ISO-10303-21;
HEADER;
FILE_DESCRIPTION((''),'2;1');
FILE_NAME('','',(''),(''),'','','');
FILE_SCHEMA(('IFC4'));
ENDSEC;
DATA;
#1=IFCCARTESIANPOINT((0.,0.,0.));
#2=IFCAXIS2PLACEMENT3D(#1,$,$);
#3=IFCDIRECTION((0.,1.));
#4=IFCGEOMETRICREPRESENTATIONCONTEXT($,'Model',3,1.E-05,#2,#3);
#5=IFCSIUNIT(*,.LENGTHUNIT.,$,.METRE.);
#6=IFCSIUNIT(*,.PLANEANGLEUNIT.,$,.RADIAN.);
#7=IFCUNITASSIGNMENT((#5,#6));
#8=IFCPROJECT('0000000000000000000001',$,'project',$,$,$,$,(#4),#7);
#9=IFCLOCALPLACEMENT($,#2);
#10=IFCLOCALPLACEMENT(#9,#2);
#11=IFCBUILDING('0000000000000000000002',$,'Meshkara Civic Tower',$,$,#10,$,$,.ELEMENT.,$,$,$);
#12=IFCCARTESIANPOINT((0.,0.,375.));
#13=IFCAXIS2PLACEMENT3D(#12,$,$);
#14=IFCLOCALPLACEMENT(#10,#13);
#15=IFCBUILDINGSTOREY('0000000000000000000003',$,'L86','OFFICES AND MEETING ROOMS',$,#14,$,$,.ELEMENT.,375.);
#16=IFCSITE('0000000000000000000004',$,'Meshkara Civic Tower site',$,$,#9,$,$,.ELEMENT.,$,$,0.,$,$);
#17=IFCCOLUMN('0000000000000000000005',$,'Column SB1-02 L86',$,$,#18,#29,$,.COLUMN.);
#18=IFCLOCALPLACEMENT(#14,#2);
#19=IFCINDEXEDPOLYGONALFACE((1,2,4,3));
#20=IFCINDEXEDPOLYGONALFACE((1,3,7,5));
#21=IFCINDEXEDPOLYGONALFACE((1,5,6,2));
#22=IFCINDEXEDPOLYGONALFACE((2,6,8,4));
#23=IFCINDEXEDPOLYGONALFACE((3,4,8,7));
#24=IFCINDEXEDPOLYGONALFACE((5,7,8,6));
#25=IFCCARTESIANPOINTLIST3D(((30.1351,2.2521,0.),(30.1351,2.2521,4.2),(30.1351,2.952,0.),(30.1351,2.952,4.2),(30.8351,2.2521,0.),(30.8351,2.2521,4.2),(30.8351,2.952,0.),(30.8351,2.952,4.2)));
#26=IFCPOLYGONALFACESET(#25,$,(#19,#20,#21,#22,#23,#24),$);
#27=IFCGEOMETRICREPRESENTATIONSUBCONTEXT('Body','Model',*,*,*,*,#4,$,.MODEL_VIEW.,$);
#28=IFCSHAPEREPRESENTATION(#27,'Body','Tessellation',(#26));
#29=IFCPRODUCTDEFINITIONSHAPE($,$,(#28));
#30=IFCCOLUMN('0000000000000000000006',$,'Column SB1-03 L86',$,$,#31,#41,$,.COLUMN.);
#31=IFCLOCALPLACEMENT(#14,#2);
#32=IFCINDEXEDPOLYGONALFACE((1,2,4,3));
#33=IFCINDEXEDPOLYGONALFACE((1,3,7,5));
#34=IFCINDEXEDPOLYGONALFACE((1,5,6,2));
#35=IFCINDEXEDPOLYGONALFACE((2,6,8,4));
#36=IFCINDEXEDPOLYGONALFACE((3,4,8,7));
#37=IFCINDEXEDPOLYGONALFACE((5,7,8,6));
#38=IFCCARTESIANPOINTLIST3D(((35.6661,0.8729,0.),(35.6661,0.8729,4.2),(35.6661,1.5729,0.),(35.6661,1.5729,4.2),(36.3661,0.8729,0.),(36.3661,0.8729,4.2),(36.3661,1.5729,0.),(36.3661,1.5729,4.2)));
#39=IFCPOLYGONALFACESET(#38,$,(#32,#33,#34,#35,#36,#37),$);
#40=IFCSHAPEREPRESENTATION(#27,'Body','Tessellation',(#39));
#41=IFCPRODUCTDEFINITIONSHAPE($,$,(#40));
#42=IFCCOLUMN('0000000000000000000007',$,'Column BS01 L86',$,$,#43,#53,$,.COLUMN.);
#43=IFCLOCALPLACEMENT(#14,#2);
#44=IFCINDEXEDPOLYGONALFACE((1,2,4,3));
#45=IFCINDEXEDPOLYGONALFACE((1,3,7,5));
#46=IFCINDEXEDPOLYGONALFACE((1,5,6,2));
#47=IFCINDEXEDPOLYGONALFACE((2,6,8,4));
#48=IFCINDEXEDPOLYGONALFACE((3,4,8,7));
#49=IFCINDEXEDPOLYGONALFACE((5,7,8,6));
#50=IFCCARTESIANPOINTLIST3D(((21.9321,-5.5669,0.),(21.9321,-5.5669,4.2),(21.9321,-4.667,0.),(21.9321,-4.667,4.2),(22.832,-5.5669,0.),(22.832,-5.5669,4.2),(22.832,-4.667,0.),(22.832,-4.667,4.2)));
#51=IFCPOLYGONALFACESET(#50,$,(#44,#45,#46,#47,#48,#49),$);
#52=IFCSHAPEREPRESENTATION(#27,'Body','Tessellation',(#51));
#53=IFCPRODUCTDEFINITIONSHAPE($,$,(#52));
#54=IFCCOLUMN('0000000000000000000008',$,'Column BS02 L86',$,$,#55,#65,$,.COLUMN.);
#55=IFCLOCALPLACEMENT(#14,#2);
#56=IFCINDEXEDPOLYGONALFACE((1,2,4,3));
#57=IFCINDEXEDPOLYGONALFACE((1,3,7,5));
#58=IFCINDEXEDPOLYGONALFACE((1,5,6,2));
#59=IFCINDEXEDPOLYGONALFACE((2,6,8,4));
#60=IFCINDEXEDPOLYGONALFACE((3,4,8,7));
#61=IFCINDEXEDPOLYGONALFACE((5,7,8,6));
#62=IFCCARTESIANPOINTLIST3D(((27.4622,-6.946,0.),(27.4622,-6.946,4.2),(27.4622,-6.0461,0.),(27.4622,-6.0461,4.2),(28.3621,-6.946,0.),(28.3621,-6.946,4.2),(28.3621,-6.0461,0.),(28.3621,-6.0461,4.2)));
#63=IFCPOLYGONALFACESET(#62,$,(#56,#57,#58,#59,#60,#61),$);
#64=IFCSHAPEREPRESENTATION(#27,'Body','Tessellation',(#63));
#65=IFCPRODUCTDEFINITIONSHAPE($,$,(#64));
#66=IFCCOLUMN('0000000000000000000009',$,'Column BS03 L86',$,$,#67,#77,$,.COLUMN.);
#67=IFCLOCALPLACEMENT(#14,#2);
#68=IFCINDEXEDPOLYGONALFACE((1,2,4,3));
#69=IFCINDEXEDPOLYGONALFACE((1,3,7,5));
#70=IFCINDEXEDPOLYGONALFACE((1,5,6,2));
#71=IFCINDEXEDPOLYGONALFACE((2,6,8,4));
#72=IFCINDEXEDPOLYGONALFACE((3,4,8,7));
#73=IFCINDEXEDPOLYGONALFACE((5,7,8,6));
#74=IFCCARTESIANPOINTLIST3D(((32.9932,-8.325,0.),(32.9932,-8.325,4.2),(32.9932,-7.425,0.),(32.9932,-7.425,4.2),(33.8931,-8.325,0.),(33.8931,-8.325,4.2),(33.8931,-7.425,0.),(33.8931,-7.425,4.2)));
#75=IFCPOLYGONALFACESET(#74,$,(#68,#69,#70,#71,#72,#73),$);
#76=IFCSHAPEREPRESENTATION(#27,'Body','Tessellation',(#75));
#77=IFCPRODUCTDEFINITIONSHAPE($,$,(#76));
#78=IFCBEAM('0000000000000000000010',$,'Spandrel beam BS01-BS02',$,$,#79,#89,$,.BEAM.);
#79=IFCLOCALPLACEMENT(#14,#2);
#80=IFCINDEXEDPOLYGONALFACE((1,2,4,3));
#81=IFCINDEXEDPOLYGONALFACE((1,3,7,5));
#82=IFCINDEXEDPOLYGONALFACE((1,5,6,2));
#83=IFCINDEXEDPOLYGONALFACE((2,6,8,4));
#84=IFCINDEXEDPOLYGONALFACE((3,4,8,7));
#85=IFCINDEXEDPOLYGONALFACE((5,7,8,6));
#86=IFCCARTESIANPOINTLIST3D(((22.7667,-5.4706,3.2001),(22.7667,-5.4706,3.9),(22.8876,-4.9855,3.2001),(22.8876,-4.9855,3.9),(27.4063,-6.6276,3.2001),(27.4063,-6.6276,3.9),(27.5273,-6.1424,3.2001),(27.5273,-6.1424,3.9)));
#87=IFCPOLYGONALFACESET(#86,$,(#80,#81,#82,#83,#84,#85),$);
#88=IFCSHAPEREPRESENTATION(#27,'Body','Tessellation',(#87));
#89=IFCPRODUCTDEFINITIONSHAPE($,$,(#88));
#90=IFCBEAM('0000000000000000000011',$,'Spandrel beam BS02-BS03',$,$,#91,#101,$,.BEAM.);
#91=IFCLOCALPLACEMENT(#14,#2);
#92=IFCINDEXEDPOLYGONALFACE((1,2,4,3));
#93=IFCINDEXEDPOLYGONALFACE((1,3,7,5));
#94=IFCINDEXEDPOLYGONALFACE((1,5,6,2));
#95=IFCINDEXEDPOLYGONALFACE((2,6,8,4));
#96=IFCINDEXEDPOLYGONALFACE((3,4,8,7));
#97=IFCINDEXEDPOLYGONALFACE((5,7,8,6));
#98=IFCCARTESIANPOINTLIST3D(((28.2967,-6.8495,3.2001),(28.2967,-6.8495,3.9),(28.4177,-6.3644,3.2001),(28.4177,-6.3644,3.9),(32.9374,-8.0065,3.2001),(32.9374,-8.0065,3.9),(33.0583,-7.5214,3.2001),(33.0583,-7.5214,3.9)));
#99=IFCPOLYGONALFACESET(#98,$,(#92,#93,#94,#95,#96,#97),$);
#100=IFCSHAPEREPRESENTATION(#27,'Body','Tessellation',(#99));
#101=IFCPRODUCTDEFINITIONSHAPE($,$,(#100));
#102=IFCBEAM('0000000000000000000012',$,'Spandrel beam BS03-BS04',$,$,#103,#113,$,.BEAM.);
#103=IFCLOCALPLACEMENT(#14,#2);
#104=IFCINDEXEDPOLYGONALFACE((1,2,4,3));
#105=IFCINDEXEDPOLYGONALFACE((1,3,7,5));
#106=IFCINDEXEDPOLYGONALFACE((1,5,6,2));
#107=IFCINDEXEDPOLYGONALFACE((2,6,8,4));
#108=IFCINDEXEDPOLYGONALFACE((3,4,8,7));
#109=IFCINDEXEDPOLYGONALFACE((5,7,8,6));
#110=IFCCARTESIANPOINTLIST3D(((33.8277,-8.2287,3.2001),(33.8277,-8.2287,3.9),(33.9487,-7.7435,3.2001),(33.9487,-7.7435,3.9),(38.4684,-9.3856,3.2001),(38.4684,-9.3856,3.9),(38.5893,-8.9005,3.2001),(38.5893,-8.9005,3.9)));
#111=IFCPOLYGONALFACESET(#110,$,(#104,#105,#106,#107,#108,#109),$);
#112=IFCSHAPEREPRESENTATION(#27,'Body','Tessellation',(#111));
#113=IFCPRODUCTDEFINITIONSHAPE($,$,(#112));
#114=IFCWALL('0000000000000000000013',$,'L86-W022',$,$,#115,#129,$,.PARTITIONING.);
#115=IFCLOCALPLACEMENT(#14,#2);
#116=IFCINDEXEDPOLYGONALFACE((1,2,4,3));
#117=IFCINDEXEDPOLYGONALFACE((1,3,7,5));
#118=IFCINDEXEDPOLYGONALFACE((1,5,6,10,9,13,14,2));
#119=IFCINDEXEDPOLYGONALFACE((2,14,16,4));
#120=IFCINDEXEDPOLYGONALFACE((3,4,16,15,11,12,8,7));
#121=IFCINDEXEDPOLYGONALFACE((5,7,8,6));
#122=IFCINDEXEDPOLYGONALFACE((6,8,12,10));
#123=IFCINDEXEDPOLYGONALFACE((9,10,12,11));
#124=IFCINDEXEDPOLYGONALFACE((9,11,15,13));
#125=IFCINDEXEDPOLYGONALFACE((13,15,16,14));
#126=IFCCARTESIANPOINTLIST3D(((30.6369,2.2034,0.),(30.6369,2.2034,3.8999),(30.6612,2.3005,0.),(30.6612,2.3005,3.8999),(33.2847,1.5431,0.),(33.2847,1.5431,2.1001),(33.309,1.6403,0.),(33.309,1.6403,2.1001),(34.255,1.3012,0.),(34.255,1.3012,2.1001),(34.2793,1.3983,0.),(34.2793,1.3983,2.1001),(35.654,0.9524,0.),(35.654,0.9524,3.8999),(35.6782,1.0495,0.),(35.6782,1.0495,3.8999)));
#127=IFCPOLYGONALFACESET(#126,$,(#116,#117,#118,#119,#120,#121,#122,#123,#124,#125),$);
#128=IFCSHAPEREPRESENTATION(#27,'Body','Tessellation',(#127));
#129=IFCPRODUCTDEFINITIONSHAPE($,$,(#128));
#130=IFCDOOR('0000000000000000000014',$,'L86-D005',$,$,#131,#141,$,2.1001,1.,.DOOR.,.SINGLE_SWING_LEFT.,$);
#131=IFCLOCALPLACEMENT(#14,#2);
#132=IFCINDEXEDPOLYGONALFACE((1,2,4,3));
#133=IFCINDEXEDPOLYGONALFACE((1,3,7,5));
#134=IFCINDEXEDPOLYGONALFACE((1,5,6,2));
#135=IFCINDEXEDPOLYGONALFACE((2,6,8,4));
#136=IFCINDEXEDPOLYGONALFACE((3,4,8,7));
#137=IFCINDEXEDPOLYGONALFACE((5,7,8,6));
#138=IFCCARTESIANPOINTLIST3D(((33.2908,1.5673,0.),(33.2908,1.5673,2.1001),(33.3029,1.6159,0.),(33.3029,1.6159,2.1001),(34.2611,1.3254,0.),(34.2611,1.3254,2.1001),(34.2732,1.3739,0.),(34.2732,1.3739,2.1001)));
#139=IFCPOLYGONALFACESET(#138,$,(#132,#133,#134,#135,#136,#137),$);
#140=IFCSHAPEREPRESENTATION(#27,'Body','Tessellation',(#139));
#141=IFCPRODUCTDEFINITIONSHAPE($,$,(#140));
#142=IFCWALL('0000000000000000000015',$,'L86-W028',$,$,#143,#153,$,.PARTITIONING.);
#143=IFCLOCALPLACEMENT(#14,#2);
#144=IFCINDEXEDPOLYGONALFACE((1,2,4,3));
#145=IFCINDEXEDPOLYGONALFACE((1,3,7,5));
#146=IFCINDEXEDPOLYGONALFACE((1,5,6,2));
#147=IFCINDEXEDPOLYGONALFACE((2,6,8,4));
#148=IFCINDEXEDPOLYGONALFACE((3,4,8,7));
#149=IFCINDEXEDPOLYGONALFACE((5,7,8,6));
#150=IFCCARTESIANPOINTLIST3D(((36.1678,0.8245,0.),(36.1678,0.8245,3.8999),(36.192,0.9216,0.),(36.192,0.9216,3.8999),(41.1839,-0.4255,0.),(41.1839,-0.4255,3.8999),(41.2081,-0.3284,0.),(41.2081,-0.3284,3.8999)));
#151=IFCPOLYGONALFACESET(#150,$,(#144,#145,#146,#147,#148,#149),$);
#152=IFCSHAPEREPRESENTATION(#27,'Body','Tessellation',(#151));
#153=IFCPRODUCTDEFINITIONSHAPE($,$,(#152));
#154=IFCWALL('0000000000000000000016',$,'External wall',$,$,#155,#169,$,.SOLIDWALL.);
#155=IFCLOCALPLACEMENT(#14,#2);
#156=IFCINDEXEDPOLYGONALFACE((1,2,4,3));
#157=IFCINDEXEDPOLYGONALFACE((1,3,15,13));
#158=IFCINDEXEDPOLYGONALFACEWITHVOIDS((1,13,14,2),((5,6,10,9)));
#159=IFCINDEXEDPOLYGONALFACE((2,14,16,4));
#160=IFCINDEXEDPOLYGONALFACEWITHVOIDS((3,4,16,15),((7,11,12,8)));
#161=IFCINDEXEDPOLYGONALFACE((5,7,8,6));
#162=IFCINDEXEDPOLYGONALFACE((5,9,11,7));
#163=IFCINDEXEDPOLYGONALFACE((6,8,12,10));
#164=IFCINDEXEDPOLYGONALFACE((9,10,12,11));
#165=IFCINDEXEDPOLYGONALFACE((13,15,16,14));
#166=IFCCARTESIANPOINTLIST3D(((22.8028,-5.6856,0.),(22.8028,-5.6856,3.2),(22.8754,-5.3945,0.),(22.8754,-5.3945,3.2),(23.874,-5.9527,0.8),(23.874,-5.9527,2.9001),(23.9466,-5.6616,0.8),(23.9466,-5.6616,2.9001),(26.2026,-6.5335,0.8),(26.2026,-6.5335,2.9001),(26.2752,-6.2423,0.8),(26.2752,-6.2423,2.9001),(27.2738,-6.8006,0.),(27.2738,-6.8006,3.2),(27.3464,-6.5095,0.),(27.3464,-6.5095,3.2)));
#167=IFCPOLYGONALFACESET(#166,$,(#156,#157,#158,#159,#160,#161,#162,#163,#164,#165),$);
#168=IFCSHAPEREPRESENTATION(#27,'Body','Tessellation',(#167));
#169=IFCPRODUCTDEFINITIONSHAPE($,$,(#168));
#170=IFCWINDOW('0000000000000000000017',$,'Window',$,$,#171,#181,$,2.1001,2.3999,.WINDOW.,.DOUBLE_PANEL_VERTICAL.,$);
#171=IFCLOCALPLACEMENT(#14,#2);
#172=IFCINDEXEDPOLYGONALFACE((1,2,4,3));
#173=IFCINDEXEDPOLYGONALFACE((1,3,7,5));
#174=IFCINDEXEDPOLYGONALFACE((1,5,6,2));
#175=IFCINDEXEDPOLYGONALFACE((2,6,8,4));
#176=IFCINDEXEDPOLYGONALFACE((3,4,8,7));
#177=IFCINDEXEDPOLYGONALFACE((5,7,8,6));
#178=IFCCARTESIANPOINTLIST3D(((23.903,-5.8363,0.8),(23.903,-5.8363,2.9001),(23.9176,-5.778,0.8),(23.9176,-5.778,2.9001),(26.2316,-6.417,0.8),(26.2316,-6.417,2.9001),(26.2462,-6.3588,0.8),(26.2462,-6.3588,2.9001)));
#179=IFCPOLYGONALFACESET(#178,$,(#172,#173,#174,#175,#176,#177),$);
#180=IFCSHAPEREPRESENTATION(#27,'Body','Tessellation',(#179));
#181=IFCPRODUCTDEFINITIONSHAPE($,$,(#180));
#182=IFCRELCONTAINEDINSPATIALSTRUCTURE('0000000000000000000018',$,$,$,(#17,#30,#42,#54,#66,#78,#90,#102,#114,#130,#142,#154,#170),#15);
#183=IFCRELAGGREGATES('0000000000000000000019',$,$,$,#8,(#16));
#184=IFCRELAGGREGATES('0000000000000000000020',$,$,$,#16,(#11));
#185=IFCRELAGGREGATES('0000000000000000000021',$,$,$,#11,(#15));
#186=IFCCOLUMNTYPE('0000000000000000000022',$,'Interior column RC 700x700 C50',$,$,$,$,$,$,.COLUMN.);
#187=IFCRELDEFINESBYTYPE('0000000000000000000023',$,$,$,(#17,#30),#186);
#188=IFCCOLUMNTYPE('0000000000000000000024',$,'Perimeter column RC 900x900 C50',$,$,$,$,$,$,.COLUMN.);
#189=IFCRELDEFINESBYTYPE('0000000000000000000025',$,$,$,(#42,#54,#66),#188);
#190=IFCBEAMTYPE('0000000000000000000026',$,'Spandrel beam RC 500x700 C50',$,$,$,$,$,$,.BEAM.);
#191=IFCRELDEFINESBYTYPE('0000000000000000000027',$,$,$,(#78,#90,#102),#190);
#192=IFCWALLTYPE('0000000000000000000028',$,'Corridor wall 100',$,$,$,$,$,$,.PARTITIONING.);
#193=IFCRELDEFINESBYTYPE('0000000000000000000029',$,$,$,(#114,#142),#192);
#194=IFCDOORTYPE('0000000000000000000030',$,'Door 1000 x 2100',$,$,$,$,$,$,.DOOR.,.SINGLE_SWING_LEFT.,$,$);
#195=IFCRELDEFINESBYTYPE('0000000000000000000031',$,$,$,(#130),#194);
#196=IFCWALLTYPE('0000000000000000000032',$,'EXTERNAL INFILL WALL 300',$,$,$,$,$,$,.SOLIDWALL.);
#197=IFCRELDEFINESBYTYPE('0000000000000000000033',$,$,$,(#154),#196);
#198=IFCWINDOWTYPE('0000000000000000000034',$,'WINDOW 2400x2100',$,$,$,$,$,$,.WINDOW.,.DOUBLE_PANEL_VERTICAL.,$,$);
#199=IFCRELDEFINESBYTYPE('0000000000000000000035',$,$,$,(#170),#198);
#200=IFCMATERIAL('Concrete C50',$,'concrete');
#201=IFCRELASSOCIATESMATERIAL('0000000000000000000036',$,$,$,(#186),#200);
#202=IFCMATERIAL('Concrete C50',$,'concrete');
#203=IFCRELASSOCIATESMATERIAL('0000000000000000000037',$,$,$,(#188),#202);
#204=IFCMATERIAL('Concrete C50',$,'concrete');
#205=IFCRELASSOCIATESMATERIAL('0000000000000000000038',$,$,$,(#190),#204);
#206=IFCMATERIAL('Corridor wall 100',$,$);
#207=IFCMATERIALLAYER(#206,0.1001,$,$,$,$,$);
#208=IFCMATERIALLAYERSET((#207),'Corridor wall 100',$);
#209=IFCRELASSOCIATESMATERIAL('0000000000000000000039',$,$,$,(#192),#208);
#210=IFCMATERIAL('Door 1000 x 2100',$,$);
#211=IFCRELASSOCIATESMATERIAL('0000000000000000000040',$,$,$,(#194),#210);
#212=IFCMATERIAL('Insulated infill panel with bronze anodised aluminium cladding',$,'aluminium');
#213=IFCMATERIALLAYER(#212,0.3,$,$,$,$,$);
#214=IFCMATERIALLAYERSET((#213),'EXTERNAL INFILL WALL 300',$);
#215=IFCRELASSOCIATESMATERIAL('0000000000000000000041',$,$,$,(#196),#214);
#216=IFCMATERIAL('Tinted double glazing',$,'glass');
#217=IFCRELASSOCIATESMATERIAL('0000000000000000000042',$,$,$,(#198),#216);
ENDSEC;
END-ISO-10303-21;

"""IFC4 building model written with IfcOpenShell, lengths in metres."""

from ifc_helpers import new_model, si_unit, direction, frame, frame_2d, origin, origin_2d, place, context, subcontext, project, spatial, rectangle, extrude, material, layer, layer_set, material_profile, profile_set, type_object, element, fill, save


model = new_model("IFC4")

# Units and contexts
model_context = context("Model", 3, precision=1e-05, world=origin(), true_north=direction((0.0, 1.0)))
body_context = subcontext(model_context, "Body", "Model", "MODEL_VIEW")
ifc_project = project(units=[si_unit("LENGTHUNIT", "METRE"), si_unit("PLANEANGLEUNIT", "RADIAN")], contexts=[model_context])

# Site, building, storey
site_placement = place(None, origin())
site = spatial("IfcSite", under=ifc_project, at=site_placement, Name="Meshkara Civic Tower site", CompositionType="ELEMENT", RefElevation=0.0)
building_placement = place(site_placement, origin())
building = spatial("IfcBuilding", under=site, at=building_placement, Name="Meshkara Civic Tower", CompositionType="ELEMENT")
storey_placement = place(building_placement, frame((0.0, 0.0, 375.0)))
storey = spatial("IfcBuildingStorey", under=building, at=storey_placement, Name="L86", Description="OFFICES AND MEETING ROOMS", CompositionType="ELEMENT", Elevation=375.0)

# Columns
ifc_material_1 = material(Name="Concrete C50", Category="concrete")
ifc_material_profile_1 = material_profile(ifc_material_1, rectangle(XDim=0.7, YDim=0.7, at=origin_2d()))
ifc_profile_set_1 = profile_set([ifc_material_profile_1], Name="Concrete C50")
column_type_1 = type_object("IfcColumnType", Name="Interior column RC 700x700 C50", PredefinedType="COLUMN", material=ifc_profile_set_1)
for number, where, z_axis, x_axis, name in (
    (1, (30.4851, 2.6021, 0.0), (0.0, 0.0, 1.0), (1.0, 0.0, 0.0), "Column SB1-02 L86"),
    (2, (36.0161, 1.2229, 0.0), (0.0, 0.0, 1.0), (1.0, 0.0, 0.0), "Column SB1-03 L86"),
):
    element("IfcColumn", number, at=place(storey_placement, frame(where, z_axis=z_axis, x_axis=x_axis)), inside=storey, type_object=column_type_1, Name=name, PredefinedType="COLUMN", context=body_context, shape_type="SweptSolid", body=[
        extrude(rectangle(XDim=0.7, YDim=0.7, at=origin_2d()), origin(), (0.0, 0.0, 1.0), 4.2),
    ])
ifc_material_2 = material(Name="Concrete C50", Category="concrete")
ifc_material_profile_2 = material_profile(ifc_material_2, rectangle(XDim=0.8999, YDim=0.8999, at=origin_2d()))
ifc_profile_set_2 = profile_set([ifc_material_profile_2], Name="Concrete C50")
column_type_2 = type_object("IfcColumnType", Name="Perimeter column RC 900x900 C50", PredefinedType="COLUMN", material=ifc_profile_set_2)
for number, where, z_axis, x_axis, name in (
    (3, (22.3821, -5.1169, 0.0), (0.0, 0.0, 1.0), (1.0, 0.0, 0.0), "Column BS01 L86"),
    (4, (27.9121, -6.4961, 0.0), (0.0, 0.0, 1.0), (1.0, 0.0, 0.0), "Column BS02 L86"),
    (5, (33.4431, -7.875, 0.0), (0.0, 0.0, 1.0), (1.0, 0.0, 0.0), "Column BS03 L86"),
):
    element("IfcColumn", number, at=place(storey_placement, frame(where, z_axis=z_axis, x_axis=x_axis)), inside=storey, type_object=column_type_2, Name=name, PredefinedType="COLUMN", context=body_context, shape_type="SweptSolid", body=[
        extrude(rectangle(XDim=0.8999, YDim=0.8999, at=origin_2d()), origin(), (0.0, 0.0, 1.0), 4.2),
    ])

# Beams
ifc_material_3 = material(Name="Concrete C50", Category="concrete")
ifc_material_profile_3 = material_profile(ifc_material_3, rectangle(XDim=0.5, YDim=0.7, at=origin_2d()))
ifc_profile_set_3 = profile_set([ifc_material_profile_3], Name="Concrete C50")
beam_type = type_object("IfcBeamType", Name="Spandrel beam RC 500x700 C50", PredefinedType="BEAM", material=ifc_profile_set_3)
beam_placement = place(storey_placement, frame((22.8271, -5.228, 3.55), z_axis=(0.970286, -0.241959, 0.0), x_axis=(0.241959, 0.970286, 0.0)))
element("IfcBeam", 6, at=beam_placement, inside=storey, type_object=beam_type, Name="Spandrel beam BS01-BS02", PredefinedType="BEAM", context=body_context, shape_type="SweptSolid", body=[
    extrude(rectangle(XDim=0.5, YDim=0.7, at=origin_2d()), origin(), (0.0, 0.0, 1.0), 4.7817),
])
for number, where, z_axis, x_axis, name in (
    (7, (28.3572, -6.6069, 3.55), (0.970298, -0.241911, 0.0), (0.241911, 0.970298, 0.0), "Spandrel beam BS02-BS03"),
    (8, (33.8882, -7.9861, 3.55), (0.970298, -0.241911, 0.0), (0.241911, 0.970298, 0.0), "Spandrel beam BS03-BS04"),
):
    element("IfcBeam", number, at=place(storey_placement, frame(where, z_axis=z_axis, x_axis=x_axis)), inside=storey, type_object=beam_type, Name=name, PredefinedType="BEAM", context=body_context, shape_type="SweptSolid", body=[
        extrude(rectangle(XDim=0.5, YDim=0.7, at=origin_2d()), origin(), (0.0, 0.0, 1.0), 4.7827),
    ])

# Wall, opening, door
ifc_material_4 = material(Name="Corridor wall 100")
ifc_layer_1 = layer(ifc_material_4, 0.1001)
ifc_layer_set_1 = layer_set([ifc_layer_1], Name="Corridor wall 100")
wall_type_1 = type_object("IfcWallType", Name="Corridor wall 100", PredefinedType="PARTITIONING", material=ifc_layer_set_1)
wall_1_placement = place(storey_placement, frame((30.6489, 2.252, 0.0), z_axis=(0.0, 0.0, 1.0), x_axis=(0.970292, -0.241936, 0.0)))
wall_1 = element("IfcWall", 9, at=wall_1_placement, inside=storey, type_object=wall_type_1, Name="L86-W022", PredefinedType="PARTITIONING", context=body_context, shape_type="SweptSolid", body=[
    extrude(rectangle(XDim=5.1707, YDim=0.1001, at=frame_2d((2.5854, 0.0))), origin(), (0.0, 0.0, 1.0), 3.8999),
])
opening_1_placement = place(wall_1_placement, frame((2.729, 0.0, 0.0)))
opening_1 = element("IfcOpeningElement", 10, at=opening_1_placement, cuts=wall_1, PredefinedType="OPENING", context=body_context, shape_type="SweptSolid", body=[
    extrude(rectangle(XDim=1.0, YDim=2.1001, at=frame_2d((0.5, 1.05))), frame((0.0, 0.0601, 0.0), z_axis=(0.0, -1.0, 0.0), x_axis=(1.0, 0.0, 0.0)), (0.0, 0.0, 1.0), 0.1201),
])
ifc_material_5 = material(Name="Door 1000 x 2100")
door_type = type_object("IfcDoorType", Name="Door 1000 x 2100", OperationType="SINGLE_SWING_LEFT", PredefinedType="DOOR", material=ifc_material_5)
door_placement = place(opening_1_placement, origin())
door = element("IfcDoor", 11, at=door_placement, inside=storey, type_object=door_type, Name="L86-D005", OperationType="SINGLE_SWING_LEFT", OverallHeight=2.1001, OverallWidth=1.0, PredefinedType="DOOR", context=body_context, shape_type="SweptSolid", body=[
    extrude(rectangle(XDim=1.0, YDim=2.1001, at=frame_2d((0.5, 1.05))), frame((0.0, 0.0249, 0.0), z_axis=(0.0, -1.0, 0.0), x_axis=(1.0, 0.0, 0.0)), (0.0, 0.0, 1.0), 0.05),
])
fill(opening_1, door)

# Wall
wall_2_placement = place(storey_placement, frame((36.1799, 0.873, 0.0), z_axis=(0.0, 0.0, 1.0), x_axis=(0.970326, -0.241802, 0.0)))
element("IfcWall", 12, at=wall_2_placement, inside=storey, type_object=wall_type_1, Name="L86-W028", PredefinedType="PARTITIONING", context=body_context, shape_type="SweptSolid", body=[
    extrude(rectangle(XDim=5.1694, YDim=0.1001, at=frame_2d((2.5847, 0.0))), origin(), (0.0, 0.0, 1.0), 3.8999),
])

# Wall, opening, window
ifc_material_6 = material(Name="Insulated infill panel with bronze anodised aluminium cladding", Category="aluminium")
ifc_layer_2 = layer(ifc_material_6, 0.3)
ifc_layer_set_2 = layer_set([ifc_layer_2], Name="EXTERNAL INFILL WALL 300")
wall_type_2 = type_object("IfcWallType", Name="EXTERNAL INFILL WALL 300", PredefinedType="SOLIDWALL", material=ifc_layer_set_2)
wall_3_placement = place(storey_placement, frame((22.8391, -5.54, 0.0), z_axis=(0.0, 0.0, 1.0), x_axis=(0.970283, -0.241975, 0.0)))
wall_3 = element("IfcWall", 13, at=wall_3_placement, inside=storey, type_object=wall_type_2, Name="External wall", PredefinedType="SOLIDWALL", context=body_context, shape_type="SweptSolid", body=[
    extrude(rectangle(XDim=4.6079, YDim=0.3, at=frame_2d((2.304, 0.0))), origin(), (0.0, 0.0, 1.0), 3.2),
])
opening_2_placement = place(wall_3_placement, frame((1.104, 0.0, 0.8)))
opening_2 = element("IfcOpeningElement", 14, at=opening_2_placement, cuts=wall_3, PredefinedType="OPENING", context=body_context, shape_type="SweptSolid", body=[
    extrude(rectangle(XDim=2.3999, YDim=2.1001, at=frame_2d((1.2, 1.05))), frame((0.0, 0.1599, 0.0), z_axis=(0.0, -1.0, 0.0), x_axis=(1.0, 0.0, 0.0)), (0.0, 0.0, 1.0), 0.3201),
])
ifc_material_7 = material(Name="Tinted double glazing", Category="glass")
window_type = type_object("IfcWindowType", Name="WINDOW 2400x2100", PartitioningType="DOUBLE_PANEL_VERTICAL", PredefinedType="WINDOW", material=ifc_material_7)
window_1_placement = place(opening_2_placement, origin())
window_1 = element("IfcWindow", 15, at=window_1_placement, inside=storey, type_object=window_type, Name="Window", OverallHeight=2.1001, OverallWidth=2.3999, PartitioningType="DOUBLE_PANEL_VERTICAL", PredefinedType="WINDOW", context=body_context, shape_type="SweptSolid", body=[
    extrude(rectangle(XDim=2.3999, YDim=2.1001, at=frame_2d((1.2, 1.05))), frame((0.0, 0.03, 0.0), z_axis=(0.0, -1.0, 0.0), x_axis=(1.0, 0.0, 0.0)), (0.0, 0.0, 1.0), 0.0601),
])
fill(opening_2, window_1)

save(model, "model.ifc")
